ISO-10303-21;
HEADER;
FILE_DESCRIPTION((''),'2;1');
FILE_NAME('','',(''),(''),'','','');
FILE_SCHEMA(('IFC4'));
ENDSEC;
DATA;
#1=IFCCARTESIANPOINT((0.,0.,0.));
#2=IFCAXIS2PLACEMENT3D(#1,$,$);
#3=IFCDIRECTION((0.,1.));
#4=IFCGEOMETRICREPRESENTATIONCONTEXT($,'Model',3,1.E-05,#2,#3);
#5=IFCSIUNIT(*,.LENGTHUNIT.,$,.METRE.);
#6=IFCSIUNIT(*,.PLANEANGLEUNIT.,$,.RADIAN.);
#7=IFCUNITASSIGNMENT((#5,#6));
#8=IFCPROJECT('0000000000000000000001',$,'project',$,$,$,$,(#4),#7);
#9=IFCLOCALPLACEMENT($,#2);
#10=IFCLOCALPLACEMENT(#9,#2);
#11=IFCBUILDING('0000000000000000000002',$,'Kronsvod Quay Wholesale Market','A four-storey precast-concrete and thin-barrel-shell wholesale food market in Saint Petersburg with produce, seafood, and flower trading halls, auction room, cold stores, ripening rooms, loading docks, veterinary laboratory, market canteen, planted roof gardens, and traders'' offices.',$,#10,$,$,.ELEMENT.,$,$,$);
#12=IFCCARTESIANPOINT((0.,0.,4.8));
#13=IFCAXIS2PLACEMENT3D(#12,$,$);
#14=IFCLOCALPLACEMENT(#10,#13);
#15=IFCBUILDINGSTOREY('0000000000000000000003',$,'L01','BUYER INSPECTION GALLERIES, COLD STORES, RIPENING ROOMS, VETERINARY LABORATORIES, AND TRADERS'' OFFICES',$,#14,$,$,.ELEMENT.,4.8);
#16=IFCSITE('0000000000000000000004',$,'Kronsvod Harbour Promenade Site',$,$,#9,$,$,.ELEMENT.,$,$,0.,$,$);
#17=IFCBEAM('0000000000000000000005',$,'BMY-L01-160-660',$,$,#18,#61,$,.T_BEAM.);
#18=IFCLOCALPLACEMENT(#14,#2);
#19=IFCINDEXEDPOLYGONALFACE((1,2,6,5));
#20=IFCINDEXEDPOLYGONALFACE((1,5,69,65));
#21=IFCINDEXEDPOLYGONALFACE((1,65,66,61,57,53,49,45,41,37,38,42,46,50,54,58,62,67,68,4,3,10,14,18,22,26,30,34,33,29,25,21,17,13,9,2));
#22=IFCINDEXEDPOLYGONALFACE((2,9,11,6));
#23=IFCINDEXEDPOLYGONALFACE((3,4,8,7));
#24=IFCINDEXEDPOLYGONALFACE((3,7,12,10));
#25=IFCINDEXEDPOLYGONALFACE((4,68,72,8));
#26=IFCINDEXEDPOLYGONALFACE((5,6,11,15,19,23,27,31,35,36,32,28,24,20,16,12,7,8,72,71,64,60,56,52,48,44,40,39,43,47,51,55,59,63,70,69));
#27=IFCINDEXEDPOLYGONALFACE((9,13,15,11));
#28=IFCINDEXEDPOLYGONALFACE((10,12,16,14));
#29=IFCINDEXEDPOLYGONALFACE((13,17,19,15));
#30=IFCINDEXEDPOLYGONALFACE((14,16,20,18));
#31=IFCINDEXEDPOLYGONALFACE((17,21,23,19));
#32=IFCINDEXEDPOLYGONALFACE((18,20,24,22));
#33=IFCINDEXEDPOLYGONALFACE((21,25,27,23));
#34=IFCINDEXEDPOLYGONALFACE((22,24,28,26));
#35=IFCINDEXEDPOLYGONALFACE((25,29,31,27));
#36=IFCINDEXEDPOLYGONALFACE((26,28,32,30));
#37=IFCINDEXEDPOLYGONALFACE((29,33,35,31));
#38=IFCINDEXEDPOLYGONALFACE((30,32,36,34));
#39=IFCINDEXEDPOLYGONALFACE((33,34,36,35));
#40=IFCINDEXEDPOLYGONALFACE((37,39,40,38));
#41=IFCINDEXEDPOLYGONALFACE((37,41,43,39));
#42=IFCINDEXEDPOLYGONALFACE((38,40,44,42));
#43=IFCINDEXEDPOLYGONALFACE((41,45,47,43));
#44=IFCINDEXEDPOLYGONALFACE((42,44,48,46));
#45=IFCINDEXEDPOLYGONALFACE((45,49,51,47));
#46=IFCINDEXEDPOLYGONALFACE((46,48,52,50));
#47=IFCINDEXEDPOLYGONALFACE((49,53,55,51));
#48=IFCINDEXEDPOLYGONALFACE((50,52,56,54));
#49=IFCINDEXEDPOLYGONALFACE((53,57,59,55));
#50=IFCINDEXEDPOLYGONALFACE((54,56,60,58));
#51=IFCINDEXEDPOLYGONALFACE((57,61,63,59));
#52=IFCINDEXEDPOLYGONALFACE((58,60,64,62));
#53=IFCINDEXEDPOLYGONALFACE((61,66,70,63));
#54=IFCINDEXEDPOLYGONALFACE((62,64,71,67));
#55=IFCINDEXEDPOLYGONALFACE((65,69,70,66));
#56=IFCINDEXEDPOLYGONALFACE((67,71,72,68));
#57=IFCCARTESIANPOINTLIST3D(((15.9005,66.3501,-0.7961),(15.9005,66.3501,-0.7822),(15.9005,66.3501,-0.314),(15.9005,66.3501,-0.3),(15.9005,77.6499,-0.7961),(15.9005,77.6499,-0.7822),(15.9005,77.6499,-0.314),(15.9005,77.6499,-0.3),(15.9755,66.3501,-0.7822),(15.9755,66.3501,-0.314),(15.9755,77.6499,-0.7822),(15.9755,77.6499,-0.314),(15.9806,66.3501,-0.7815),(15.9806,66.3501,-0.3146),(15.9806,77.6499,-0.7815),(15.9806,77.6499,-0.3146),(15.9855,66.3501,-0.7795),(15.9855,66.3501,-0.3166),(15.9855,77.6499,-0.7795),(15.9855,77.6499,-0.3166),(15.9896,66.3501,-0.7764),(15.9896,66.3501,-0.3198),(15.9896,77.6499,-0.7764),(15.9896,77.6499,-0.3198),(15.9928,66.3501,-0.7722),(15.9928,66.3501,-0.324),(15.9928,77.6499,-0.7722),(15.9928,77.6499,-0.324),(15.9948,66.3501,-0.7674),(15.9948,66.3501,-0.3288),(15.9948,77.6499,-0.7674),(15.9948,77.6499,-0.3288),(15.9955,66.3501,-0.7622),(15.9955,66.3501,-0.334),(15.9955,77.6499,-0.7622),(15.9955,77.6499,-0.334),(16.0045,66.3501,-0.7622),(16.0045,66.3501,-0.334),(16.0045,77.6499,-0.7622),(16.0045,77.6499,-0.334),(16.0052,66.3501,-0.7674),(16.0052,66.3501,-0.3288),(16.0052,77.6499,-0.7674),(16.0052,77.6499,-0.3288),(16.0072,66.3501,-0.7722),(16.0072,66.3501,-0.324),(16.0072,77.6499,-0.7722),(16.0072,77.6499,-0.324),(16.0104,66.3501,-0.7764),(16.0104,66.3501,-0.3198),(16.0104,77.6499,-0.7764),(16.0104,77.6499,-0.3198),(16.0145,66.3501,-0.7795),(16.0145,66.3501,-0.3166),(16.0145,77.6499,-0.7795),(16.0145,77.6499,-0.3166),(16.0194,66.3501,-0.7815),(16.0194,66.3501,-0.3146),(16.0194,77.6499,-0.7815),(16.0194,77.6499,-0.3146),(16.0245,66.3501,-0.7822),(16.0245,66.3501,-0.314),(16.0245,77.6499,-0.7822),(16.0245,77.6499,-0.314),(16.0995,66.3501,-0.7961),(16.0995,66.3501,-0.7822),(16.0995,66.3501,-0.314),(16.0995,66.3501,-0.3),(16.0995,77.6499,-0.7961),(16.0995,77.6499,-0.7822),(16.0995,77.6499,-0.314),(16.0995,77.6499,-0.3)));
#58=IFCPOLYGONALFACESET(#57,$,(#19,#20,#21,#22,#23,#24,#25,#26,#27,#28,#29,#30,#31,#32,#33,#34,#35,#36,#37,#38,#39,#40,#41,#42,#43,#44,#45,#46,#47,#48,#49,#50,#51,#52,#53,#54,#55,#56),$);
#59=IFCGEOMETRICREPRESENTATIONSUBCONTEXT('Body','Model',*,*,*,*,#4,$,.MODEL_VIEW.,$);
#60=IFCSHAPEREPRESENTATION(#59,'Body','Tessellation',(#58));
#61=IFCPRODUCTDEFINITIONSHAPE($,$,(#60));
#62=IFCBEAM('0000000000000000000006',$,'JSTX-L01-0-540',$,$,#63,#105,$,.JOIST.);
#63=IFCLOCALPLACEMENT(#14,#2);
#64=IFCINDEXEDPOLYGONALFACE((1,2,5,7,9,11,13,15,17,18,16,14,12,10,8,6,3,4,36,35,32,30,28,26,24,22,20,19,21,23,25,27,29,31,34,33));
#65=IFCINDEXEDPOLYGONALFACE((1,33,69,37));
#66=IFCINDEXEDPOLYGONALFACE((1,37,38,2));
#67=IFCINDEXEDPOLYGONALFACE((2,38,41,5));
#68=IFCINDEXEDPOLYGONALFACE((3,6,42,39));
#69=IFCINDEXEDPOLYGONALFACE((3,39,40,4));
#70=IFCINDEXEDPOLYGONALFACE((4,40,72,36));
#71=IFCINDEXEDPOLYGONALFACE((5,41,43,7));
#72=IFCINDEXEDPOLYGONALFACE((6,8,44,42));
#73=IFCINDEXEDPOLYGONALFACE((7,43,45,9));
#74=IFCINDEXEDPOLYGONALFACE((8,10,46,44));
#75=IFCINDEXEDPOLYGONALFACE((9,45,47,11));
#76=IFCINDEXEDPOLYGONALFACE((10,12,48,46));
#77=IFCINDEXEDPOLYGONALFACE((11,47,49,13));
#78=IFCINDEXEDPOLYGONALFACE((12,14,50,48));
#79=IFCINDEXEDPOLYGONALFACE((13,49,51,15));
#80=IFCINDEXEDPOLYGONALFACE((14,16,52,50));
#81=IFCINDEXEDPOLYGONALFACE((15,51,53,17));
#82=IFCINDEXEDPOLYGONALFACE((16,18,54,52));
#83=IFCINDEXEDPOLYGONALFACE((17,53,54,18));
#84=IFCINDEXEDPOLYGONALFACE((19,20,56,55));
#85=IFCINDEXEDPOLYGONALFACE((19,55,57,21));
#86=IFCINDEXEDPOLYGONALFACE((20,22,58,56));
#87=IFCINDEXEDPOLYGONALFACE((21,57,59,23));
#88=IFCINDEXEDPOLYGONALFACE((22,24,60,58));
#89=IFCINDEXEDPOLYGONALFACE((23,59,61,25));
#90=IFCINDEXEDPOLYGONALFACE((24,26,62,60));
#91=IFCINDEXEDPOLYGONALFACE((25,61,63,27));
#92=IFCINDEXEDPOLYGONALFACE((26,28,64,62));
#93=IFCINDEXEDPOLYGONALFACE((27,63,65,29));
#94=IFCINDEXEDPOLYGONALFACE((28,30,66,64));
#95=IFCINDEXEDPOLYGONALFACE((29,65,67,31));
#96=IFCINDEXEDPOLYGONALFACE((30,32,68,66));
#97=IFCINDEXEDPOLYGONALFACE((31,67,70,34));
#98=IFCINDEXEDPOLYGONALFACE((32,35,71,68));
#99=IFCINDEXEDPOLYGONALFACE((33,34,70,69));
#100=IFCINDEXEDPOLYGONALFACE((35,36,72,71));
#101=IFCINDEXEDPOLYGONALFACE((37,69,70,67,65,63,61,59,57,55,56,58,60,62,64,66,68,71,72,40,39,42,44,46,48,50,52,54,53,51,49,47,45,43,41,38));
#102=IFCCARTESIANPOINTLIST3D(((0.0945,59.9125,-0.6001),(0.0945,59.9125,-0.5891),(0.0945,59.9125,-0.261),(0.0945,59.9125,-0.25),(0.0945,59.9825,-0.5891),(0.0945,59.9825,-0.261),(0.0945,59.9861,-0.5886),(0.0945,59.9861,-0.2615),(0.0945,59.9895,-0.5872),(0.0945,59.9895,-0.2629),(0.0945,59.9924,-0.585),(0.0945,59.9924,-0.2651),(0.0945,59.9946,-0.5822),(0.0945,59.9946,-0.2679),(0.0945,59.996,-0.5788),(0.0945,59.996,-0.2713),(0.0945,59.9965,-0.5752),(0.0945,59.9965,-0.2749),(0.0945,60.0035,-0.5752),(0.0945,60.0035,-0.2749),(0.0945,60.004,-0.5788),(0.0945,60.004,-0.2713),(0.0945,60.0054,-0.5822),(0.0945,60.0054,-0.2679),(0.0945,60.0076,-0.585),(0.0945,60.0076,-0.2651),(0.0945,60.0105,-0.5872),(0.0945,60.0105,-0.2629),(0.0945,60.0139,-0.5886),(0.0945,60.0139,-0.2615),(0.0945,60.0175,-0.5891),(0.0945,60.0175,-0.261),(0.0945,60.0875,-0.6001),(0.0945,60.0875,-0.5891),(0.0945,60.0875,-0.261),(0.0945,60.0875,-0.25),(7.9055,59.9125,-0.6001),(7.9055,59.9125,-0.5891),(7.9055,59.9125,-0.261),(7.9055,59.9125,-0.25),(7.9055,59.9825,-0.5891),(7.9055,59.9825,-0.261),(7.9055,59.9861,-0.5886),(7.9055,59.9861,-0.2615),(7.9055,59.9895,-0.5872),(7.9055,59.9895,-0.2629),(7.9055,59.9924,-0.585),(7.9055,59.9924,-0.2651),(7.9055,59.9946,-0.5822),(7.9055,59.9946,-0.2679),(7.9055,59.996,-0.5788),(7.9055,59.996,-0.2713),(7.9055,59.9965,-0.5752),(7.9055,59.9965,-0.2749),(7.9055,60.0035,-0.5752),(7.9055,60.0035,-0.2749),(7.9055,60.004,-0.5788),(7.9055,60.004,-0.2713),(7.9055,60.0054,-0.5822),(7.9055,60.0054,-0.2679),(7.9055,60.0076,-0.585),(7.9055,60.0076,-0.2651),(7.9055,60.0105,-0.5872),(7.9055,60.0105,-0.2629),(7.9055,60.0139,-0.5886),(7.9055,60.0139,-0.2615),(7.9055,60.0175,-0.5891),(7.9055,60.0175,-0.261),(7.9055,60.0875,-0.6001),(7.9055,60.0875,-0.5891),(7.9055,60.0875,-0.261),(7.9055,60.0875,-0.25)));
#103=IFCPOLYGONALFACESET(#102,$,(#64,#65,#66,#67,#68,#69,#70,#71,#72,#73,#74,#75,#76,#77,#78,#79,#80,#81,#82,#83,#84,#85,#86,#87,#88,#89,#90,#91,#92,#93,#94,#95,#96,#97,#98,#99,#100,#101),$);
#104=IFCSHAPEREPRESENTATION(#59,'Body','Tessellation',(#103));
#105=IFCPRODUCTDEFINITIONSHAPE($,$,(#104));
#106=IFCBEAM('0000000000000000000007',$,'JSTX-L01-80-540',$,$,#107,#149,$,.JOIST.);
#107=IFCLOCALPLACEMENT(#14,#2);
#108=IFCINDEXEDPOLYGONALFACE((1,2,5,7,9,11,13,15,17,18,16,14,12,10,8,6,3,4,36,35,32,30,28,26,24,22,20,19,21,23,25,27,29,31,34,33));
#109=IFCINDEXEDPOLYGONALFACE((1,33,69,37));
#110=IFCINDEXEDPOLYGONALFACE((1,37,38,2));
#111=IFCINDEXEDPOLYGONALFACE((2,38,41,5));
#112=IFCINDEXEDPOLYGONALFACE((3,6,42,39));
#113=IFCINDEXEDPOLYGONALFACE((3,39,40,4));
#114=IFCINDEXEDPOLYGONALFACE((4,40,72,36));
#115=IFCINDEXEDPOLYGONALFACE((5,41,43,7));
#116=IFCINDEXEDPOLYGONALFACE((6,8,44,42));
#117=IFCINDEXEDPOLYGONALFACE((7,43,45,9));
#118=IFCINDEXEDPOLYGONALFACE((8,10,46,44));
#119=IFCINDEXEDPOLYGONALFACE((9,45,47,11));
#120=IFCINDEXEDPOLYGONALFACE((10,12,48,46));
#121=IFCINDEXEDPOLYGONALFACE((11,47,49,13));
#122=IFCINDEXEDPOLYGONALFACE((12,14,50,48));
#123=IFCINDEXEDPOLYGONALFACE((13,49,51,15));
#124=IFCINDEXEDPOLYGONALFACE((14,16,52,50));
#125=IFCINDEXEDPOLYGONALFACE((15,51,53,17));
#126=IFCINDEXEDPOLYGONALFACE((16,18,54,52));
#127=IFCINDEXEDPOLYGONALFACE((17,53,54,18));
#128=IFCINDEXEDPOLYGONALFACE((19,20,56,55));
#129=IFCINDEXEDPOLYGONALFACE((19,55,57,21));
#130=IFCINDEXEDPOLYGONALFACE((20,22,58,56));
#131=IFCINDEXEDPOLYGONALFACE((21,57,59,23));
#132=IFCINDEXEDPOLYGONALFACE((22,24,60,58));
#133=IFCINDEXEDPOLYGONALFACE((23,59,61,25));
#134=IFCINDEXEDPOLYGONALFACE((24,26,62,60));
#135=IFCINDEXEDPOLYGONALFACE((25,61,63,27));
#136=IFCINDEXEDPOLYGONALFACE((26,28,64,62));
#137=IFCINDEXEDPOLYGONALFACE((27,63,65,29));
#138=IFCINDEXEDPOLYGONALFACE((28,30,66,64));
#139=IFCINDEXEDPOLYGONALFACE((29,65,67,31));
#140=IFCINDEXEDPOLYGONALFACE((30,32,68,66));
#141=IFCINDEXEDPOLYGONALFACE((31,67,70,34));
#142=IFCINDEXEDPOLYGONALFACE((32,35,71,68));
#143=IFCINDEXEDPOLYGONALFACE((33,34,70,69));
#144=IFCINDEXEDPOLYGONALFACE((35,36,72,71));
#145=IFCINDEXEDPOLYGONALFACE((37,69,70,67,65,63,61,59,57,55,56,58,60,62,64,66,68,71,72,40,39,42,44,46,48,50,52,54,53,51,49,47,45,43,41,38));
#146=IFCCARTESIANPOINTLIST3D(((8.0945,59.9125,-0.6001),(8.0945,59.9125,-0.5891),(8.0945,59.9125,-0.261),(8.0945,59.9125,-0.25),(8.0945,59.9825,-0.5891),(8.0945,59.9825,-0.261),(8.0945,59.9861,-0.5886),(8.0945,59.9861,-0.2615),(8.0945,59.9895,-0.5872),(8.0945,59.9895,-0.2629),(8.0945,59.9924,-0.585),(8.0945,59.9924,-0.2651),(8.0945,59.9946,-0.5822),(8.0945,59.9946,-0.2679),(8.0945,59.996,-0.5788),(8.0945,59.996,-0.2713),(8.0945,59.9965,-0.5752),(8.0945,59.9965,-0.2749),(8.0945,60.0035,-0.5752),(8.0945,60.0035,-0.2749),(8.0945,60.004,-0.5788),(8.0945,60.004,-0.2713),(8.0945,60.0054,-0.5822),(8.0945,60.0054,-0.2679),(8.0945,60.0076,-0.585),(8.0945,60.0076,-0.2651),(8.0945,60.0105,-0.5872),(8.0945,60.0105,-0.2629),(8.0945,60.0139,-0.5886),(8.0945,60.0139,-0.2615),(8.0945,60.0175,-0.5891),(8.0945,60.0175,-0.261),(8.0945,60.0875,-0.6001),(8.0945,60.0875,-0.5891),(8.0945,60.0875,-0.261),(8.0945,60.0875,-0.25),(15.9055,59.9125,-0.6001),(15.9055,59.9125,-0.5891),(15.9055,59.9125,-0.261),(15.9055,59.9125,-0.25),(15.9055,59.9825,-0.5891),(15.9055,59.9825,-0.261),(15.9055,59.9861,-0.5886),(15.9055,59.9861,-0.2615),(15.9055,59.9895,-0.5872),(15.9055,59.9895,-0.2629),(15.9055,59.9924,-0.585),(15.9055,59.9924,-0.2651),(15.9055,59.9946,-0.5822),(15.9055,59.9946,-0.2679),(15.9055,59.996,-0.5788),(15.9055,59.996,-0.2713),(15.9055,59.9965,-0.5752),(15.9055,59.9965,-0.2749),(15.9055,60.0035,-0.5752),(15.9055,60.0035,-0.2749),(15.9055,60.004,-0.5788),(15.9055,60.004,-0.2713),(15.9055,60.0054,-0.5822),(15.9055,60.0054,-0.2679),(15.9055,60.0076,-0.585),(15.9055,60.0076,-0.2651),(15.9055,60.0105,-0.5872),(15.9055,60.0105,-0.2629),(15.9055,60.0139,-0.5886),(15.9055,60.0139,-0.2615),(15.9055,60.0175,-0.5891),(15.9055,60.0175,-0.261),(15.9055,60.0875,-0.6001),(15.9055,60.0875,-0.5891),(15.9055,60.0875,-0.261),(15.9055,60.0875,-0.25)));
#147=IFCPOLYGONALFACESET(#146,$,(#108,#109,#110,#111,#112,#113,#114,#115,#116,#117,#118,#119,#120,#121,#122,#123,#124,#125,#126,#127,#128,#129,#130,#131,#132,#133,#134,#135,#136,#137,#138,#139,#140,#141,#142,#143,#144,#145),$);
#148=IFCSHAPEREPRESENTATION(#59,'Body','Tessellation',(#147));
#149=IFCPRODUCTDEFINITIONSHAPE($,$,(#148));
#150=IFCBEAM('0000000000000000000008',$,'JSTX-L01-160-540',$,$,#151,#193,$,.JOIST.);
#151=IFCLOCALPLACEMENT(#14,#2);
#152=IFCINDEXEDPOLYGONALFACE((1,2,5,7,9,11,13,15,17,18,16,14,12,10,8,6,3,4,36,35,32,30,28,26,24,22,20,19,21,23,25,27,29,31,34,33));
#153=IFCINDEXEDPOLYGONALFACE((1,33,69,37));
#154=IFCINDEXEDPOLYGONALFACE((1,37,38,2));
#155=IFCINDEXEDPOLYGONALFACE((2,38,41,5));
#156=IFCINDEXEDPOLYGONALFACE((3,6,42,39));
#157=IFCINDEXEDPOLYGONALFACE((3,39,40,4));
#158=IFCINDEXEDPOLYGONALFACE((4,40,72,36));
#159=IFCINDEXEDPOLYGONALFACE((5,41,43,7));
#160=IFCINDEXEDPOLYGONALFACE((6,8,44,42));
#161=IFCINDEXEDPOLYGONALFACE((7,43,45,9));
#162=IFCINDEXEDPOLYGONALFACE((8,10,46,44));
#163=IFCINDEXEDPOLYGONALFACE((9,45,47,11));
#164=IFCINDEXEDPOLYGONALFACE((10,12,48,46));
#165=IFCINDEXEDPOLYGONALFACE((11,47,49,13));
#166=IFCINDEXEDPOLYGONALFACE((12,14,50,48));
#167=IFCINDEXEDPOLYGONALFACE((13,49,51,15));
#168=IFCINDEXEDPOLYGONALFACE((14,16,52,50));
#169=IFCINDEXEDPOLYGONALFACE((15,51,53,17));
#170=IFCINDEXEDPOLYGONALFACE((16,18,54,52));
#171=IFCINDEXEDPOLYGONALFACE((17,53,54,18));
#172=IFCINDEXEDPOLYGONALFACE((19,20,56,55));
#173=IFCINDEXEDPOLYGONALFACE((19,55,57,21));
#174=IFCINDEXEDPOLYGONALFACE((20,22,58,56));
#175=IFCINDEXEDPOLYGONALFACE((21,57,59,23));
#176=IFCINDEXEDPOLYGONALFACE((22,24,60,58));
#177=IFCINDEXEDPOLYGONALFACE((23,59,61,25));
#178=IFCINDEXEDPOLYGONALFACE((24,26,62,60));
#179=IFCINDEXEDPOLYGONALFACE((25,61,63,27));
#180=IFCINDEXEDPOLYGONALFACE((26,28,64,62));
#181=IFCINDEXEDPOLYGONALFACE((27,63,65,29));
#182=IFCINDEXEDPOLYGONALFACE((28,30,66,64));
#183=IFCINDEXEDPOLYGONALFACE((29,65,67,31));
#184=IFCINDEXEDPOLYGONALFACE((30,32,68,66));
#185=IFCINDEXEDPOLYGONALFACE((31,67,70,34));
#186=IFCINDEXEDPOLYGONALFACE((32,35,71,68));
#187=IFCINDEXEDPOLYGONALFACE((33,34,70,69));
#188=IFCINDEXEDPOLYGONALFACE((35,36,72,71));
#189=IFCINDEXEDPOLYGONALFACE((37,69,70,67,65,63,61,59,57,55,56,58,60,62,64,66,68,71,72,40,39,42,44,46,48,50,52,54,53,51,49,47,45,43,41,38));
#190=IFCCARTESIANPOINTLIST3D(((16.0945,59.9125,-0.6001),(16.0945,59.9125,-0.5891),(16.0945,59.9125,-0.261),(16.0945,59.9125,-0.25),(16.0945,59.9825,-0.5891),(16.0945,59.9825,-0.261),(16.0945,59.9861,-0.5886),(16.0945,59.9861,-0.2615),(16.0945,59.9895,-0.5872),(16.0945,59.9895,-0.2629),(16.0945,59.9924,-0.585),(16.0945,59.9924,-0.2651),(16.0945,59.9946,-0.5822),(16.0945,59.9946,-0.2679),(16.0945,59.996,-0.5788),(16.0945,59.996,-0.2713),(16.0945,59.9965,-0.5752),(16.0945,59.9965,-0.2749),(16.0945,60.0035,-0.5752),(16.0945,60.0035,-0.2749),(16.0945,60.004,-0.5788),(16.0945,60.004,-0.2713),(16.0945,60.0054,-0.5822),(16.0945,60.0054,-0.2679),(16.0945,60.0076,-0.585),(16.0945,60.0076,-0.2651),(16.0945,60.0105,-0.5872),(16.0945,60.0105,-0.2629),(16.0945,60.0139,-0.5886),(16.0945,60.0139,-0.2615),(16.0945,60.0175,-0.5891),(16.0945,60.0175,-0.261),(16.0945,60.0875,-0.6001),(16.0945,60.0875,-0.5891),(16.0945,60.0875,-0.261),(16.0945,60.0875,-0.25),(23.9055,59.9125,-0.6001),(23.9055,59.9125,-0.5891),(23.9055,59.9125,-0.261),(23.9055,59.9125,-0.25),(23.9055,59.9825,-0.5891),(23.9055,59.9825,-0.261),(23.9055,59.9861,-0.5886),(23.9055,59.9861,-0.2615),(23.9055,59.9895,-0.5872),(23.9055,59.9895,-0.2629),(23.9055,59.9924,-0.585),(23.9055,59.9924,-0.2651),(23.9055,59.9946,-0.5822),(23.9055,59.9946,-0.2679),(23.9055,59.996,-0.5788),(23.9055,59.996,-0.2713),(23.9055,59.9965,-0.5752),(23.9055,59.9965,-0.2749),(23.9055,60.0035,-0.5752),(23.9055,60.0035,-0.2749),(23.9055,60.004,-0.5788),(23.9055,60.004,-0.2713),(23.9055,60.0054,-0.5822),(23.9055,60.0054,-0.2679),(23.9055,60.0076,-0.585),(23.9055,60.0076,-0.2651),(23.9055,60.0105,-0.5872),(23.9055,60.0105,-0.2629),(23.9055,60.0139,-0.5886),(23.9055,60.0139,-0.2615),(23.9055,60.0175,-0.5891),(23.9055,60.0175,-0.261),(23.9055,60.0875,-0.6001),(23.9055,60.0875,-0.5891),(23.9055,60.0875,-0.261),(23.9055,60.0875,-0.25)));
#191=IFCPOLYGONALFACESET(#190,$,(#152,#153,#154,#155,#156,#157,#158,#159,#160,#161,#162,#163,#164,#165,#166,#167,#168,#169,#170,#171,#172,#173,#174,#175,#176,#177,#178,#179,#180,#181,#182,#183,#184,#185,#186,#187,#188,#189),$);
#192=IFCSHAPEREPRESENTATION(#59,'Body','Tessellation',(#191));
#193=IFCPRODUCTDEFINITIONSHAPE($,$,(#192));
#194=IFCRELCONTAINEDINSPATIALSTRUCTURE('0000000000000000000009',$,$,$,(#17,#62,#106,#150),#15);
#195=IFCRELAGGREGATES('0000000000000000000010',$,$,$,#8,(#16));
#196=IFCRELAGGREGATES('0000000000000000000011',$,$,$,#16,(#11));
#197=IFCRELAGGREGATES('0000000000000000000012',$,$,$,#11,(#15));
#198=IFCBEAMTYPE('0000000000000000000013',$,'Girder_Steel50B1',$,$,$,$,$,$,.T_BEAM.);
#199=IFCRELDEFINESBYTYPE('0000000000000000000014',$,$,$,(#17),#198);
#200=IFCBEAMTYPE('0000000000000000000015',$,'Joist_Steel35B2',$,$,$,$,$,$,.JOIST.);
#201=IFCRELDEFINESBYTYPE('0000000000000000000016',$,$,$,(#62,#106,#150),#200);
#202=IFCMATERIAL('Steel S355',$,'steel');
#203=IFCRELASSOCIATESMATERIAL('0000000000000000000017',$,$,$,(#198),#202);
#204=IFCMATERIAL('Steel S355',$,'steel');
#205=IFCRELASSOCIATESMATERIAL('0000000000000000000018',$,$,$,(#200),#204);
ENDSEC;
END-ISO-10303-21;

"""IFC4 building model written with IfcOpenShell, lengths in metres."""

from ifc_helpers import new_model, si_unit, direction, frame, origin, origin_2d, place, context, subcontext, project, spatial, i_section, extrude, material, material_profile, profile_set, type_object, element, save


model = new_model("IFC4")

# Units and contexts
model_context = context("Model", 3, precision=1e-05, world=origin(), true_north=direction((0.0, 1.0)))
body_context = subcontext(model_context, "Body", "Model", "MODEL_VIEW")
ifc_project = project(units=[si_unit("LENGTHUNIT", "METRE"), si_unit("PLANEANGLEUNIT", "RADIAN")], contexts=[model_context])

# Site, building, storey
site_placement = place(None, origin())
site = spatial("IfcSite", under=ifc_project, at=site_placement, Name="Kronsvod Harbour Promenade Site", CompositionType="ELEMENT", RefElevation=0.0)
building_placement = place(site_placement, origin())
building = spatial("IfcBuilding", under=site, at=building_placement, Name="Kronsvod Quay Wholesale Market", Description="A four-storey precast-concrete and thin-barrel-shell wholesale food market in Saint Petersburg with produce, seafood, and flower trading halls, auction room, cold stores, ripening rooms, loading docks, veterinary laboratory, market canteen, planted roof gardens, and traders' offices.", CompositionType="ELEMENT")
storey_placement = place(building_placement, frame((0.0, 0.0, 4.8)))
storey = spatial("IfcBuildingStorey", under=building, at=storey_placement, Name="L01", Description="BUYER INSPECTION GALLERIES, COLD STORES, RIPENING ROOMS, VETERINARY LABORATORIES, AND TRADERS' OFFICES", CompositionType="ELEMENT", Elevation=4.8)

# Beams
ifc_material_1 = material(Name="Steel S355", Category="steel")
ifc_material_profile_1 = material_profile(ifc_material_1, i_section(OverallWidth=0.199, OverallDepth=0.4961, WebThickness=0.009, FlangeThickness=0.0139, FilletRadius=0.02, at=origin_2d()), Name="50B1")
ifc_profile_set_1 = profile_set([ifc_material_profile_1], Name="Steel S355")
beam_type_1 = type_object("IfcBeamType", Name="Girder_Steel50B1", PredefinedType="T_BEAM", material=ifc_profile_set_1)
for number, where, z_axis, x_axis, name in (
    (1, (16.0, 66.3501, -0.5481), (0.0, 1.0, 0.0), (-1.0, 0.0, 0.0), "BMY-L01-160-660"),
):
    element("IfcBeam", number, at=place(storey_placement, frame(where, z_axis=z_axis, x_axis=x_axis)), inside=storey, type_object=beam_type_1, Name=name, PredefinedType="T_BEAM", context=body_context, shape_type="SweptSolid", body=[
        extrude(i_section(OverallWidth=0.199, OverallDepth=0.4961, WebThickness=0.009, FlangeThickness=0.0139, FilletRadius=0.02, at=origin_2d()), origin(), (0.0, 0.0, 1.0), 11.2998),
    ])
ifc_material_2 = material(Name="Steel S355", Category="steel")
ifc_material_profile_2 = material_profile(ifc_material_2, i_section(OverallWidth=0.175, OverallDepth=0.3501, WebThickness=0.0071, FlangeThickness=0.011, FilletRadius=0.0139, at=origin_2d()), Name="35B2")
ifc_profile_set_2 = profile_set([ifc_material_profile_2], Name="Steel S355")
beam_type_2 = type_object("IfcBeamType", Name="Joist_Steel35B2", PredefinedType="JOIST", material=ifc_profile_set_2)
for number, where, z_axis, x_axis, name in (
    (2, (0.0945, 60.0, -0.425), (1.0, 0.0, 0.0), (0.0, 1.0, 0.0), "JSTX-L01-0-540"),
    (3, (8.0945, 60.0, -0.425), (1.0, 0.0, 0.0), (0.0, 1.0, 0.0), "JSTX-L01-80-540"),
    (4, (16.0945, 60.0, -0.425), (1.0, 0.0, 0.0), (0.0, 1.0, 0.0), "JSTX-L01-160-540"),
):
    element("IfcBeam", number, at=place(storey_placement, frame(where, z_axis=z_axis, x_axis=x_axis)), inside=storey, type_object=beam_type_2, Name=name, PredefinedType="JOIST", context=body_context, shape_type="SweptSolid", body=[
        extrude(i_section(OverallWidth=0.175, OverallDepth=0.3501, WebThickness=0.0071, FlangeThickness=0.011, FilletRadius=0.0139, at=origin_2d()), origin(), (0.0, 0.0, 1.0), 7.811),
    ])

save(model, "model.ifc")
